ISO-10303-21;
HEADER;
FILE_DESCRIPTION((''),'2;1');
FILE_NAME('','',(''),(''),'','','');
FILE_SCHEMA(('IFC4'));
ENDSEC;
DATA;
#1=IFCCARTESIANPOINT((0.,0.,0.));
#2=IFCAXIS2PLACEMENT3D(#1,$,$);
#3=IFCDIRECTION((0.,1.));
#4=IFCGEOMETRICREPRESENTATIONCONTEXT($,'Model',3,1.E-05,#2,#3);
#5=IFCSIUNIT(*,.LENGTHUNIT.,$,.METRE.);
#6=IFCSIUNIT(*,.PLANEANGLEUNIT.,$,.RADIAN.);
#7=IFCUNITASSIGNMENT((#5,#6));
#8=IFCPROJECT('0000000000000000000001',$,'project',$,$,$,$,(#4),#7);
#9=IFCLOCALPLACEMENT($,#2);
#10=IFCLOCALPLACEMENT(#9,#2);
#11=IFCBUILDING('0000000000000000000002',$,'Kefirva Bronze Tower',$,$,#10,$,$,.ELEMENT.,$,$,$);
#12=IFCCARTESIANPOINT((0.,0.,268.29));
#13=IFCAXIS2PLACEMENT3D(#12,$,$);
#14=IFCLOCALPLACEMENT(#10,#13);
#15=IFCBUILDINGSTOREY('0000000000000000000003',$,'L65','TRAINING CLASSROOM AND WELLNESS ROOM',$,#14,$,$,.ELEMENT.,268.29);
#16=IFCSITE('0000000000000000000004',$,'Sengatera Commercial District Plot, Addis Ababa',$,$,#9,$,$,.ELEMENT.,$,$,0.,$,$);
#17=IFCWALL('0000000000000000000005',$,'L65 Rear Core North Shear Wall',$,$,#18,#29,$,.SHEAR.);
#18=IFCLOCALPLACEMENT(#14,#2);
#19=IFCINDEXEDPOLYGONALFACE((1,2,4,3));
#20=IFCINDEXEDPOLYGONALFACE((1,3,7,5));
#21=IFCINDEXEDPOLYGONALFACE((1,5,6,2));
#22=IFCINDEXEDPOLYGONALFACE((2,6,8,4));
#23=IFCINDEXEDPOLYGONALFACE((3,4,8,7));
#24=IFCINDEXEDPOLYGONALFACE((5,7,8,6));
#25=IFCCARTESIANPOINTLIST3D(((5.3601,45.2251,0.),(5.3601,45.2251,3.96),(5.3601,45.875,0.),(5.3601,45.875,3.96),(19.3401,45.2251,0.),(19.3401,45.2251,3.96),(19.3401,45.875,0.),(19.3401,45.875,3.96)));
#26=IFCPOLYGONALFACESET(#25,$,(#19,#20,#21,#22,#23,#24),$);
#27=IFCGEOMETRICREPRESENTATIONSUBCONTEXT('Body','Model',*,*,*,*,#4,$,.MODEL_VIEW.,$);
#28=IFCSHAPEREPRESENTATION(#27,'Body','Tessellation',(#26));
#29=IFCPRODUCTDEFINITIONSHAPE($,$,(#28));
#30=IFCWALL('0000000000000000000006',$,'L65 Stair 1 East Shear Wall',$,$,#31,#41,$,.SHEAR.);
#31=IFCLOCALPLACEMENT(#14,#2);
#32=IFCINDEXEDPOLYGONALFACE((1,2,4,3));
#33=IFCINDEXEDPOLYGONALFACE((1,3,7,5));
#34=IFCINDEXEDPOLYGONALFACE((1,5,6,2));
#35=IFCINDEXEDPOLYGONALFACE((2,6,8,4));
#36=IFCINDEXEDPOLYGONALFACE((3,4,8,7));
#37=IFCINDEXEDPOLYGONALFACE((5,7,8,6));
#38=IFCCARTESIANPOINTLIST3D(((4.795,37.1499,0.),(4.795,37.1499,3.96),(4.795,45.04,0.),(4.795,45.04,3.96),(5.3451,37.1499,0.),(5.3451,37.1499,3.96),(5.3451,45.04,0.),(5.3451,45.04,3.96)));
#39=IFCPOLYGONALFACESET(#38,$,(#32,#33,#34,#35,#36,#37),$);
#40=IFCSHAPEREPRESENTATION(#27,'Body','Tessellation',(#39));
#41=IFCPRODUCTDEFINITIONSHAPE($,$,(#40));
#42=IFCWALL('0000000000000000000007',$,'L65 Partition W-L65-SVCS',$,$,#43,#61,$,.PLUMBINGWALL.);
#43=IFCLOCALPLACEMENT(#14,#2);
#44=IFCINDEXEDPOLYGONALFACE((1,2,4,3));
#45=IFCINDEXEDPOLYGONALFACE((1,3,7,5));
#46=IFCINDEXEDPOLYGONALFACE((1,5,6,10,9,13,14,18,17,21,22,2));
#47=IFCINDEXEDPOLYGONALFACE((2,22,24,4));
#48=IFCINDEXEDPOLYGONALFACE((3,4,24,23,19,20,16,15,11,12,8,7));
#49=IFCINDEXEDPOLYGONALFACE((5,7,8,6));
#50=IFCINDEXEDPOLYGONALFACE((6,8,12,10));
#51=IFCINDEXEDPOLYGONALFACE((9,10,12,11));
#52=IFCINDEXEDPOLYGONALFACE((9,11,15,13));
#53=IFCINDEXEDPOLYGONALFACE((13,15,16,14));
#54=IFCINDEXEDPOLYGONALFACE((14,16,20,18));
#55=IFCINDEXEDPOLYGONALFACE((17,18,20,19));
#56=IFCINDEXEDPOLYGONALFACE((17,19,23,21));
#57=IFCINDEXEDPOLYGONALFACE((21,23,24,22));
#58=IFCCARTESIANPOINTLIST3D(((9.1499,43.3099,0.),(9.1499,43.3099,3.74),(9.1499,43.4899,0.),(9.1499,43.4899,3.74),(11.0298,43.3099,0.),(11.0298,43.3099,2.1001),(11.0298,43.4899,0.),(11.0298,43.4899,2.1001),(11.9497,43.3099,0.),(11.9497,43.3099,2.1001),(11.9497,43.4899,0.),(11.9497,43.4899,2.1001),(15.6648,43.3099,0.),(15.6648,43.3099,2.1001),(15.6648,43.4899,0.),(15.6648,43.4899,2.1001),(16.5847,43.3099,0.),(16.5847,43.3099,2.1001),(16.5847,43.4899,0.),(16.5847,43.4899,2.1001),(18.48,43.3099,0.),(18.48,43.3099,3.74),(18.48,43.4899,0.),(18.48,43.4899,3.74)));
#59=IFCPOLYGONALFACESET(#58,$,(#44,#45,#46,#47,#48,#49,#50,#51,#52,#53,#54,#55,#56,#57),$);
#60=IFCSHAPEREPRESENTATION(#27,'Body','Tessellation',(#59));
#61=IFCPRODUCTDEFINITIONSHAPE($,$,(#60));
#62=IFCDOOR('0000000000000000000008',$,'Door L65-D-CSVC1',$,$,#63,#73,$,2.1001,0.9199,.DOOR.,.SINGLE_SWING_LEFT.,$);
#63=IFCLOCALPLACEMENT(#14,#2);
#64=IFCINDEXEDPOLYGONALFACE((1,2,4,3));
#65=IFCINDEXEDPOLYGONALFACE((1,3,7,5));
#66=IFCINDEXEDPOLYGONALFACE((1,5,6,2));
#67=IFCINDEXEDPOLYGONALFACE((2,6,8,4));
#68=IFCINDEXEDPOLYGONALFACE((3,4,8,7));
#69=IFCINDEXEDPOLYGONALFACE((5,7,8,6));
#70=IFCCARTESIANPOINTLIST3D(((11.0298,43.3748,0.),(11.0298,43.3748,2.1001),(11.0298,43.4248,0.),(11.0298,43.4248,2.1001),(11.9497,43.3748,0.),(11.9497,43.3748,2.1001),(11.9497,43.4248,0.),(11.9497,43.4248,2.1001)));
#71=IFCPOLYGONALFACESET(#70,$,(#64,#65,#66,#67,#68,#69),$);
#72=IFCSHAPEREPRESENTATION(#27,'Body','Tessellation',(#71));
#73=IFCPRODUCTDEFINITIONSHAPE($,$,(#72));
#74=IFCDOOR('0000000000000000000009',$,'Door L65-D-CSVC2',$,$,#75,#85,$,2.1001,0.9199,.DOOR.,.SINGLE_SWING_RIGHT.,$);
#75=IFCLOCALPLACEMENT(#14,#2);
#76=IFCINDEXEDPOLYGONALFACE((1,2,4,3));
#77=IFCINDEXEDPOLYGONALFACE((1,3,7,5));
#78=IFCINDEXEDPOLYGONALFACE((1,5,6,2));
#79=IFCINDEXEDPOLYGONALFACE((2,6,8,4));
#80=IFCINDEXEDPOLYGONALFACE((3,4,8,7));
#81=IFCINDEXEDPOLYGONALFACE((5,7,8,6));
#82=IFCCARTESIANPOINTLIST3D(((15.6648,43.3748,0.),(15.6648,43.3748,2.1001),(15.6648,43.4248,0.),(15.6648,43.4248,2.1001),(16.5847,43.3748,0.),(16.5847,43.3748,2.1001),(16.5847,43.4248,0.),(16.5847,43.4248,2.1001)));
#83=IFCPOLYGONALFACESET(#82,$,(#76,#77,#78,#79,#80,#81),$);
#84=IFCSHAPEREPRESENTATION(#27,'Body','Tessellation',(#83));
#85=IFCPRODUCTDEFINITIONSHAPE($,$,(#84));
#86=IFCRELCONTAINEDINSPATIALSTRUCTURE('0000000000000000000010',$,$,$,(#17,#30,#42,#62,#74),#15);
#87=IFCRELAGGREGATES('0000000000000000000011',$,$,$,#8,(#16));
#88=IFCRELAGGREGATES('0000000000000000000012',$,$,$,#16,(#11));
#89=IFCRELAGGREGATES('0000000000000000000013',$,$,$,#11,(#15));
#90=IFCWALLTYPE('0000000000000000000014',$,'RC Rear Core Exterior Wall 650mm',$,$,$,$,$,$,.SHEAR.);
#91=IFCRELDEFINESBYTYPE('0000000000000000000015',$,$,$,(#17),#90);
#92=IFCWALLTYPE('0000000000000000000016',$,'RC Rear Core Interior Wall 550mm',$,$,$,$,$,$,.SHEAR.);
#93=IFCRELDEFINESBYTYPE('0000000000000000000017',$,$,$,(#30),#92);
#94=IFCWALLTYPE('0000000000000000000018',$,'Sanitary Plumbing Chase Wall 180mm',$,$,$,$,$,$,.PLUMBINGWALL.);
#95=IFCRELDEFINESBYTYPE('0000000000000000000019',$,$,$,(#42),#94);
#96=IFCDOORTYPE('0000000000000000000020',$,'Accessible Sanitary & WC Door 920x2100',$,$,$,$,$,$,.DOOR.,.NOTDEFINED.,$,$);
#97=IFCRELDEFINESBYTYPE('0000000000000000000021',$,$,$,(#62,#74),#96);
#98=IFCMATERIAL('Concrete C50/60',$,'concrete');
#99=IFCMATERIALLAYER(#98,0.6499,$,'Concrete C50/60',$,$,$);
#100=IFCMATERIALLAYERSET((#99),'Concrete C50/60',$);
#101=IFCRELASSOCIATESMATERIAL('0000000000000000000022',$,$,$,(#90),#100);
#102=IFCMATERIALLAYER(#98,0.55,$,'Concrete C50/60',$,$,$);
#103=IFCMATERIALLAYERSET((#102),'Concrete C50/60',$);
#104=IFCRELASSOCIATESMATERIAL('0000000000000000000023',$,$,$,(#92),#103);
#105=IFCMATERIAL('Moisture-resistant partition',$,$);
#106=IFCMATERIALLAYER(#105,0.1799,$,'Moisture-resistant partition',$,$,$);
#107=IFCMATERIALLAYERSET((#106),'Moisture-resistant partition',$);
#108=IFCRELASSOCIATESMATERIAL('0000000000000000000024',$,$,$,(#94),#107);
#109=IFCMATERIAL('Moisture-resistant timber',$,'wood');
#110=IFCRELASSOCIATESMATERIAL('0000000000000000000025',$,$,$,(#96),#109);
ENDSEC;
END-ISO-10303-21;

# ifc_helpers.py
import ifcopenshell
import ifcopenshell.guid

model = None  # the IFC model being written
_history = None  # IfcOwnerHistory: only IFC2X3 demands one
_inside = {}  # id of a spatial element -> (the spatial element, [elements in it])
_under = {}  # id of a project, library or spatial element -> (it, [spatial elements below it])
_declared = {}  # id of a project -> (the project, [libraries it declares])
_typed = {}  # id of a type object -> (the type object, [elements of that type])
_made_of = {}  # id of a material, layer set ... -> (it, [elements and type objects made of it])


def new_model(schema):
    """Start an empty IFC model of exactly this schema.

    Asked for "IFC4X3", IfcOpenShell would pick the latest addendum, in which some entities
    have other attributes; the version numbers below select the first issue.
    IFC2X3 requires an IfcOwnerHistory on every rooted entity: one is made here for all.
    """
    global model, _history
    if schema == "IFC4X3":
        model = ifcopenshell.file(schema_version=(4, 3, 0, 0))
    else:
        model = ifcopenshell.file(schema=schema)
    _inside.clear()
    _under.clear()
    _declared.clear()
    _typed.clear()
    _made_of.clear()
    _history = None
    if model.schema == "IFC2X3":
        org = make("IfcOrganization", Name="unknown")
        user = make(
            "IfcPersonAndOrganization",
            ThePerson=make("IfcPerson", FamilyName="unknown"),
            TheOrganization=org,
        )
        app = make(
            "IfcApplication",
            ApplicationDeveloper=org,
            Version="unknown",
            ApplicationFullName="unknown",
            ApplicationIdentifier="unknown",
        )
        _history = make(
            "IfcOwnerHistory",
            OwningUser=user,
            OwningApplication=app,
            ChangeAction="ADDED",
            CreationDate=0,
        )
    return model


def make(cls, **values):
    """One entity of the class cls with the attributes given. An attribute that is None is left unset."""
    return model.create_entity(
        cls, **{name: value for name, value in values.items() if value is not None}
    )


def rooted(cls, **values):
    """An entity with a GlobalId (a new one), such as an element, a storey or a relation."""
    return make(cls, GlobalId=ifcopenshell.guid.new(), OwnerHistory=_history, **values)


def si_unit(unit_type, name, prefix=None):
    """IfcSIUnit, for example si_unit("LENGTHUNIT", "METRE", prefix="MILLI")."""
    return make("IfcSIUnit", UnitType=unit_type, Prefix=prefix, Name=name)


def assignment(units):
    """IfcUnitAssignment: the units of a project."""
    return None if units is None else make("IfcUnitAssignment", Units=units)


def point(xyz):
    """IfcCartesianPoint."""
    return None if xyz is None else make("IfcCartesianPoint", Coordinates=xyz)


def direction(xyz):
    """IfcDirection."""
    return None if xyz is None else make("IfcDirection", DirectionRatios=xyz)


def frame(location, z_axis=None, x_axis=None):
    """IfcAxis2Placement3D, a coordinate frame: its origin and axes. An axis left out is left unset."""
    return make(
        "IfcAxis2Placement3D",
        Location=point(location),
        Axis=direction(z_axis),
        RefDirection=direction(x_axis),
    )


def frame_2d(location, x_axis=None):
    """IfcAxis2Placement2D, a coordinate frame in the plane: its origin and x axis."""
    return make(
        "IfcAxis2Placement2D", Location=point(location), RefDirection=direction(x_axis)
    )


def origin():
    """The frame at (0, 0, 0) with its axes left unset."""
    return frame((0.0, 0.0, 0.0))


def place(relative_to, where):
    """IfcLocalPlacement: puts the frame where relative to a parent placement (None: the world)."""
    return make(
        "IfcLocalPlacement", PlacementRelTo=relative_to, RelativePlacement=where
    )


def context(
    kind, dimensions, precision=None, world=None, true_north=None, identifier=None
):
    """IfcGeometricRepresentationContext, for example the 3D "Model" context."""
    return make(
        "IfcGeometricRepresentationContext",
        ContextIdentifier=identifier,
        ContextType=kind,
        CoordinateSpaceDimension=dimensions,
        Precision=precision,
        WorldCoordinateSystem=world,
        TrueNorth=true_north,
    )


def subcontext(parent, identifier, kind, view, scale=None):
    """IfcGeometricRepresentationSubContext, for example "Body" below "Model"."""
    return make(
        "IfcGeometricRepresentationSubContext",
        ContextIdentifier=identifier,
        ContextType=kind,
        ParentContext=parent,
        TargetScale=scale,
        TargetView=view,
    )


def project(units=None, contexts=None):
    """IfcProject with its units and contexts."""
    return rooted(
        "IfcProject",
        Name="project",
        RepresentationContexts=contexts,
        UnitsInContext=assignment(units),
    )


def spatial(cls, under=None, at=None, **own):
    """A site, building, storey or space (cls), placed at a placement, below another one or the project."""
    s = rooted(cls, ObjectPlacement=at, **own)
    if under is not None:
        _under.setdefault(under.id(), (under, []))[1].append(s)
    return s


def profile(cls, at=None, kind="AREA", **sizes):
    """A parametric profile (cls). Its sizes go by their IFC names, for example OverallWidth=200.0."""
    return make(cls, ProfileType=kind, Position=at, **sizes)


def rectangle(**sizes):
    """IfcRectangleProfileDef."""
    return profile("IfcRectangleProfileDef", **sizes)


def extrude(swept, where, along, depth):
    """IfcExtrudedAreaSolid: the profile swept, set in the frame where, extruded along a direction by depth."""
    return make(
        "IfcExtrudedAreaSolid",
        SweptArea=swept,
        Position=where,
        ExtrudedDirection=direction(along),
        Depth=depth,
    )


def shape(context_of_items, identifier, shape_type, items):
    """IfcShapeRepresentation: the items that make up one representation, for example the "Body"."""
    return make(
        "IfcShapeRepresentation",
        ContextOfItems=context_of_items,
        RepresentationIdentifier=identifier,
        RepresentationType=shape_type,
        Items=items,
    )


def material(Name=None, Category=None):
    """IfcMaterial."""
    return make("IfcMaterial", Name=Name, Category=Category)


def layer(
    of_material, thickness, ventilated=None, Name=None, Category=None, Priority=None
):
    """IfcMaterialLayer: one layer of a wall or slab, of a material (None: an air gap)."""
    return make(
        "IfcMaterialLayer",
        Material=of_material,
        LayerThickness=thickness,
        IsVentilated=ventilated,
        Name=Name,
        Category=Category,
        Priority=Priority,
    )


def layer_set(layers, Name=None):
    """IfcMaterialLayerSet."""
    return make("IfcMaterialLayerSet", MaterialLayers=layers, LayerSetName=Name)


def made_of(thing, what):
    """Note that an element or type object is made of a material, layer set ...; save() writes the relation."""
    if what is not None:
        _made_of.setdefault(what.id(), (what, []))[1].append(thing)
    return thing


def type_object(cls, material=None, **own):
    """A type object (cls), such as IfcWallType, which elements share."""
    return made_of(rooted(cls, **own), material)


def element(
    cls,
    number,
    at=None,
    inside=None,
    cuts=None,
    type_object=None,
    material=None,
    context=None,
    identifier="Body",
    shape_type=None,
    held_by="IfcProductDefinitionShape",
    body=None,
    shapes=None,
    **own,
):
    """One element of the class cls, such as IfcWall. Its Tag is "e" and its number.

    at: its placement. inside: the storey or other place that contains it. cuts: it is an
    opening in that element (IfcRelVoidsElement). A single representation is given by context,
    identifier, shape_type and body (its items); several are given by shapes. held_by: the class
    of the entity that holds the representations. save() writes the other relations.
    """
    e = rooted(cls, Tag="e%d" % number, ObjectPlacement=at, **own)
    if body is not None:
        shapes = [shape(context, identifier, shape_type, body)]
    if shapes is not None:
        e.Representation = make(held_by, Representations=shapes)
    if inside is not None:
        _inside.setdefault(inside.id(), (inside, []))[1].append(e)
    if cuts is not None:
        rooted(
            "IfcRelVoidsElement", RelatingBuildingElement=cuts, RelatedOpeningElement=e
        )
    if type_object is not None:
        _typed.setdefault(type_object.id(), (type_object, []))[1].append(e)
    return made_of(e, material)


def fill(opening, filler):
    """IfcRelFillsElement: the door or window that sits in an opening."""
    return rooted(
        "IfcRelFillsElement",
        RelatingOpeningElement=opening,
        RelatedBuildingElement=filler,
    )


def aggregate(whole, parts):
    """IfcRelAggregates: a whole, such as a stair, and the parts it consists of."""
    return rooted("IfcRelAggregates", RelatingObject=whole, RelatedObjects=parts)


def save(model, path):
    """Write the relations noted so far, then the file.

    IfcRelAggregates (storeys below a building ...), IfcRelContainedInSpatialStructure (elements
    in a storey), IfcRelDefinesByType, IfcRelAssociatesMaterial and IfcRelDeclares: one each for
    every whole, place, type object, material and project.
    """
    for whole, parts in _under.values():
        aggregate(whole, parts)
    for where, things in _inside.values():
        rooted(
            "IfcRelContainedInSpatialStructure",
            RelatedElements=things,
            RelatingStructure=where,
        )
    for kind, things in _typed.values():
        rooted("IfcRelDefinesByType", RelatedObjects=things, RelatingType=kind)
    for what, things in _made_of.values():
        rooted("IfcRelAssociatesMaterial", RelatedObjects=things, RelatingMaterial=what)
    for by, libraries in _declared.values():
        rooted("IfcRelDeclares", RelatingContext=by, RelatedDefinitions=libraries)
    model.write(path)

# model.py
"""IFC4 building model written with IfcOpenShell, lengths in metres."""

from ifc_helpers import new_model, si_unit, direction, frame, frame_2d, origin, place, context, subcontext, project, spatial, rectangle, extrude, material, layer, layer_set, type_object, element, fill, save


model = new_model("IFC4")

# Units and contexts
model_context = context("Model", 3, precision=1e-05, world=origin(), true_north=direction((0.0, 1.0)))
body_context = subcontext(model_context, "Body", "Model", "MODEL_VIEW")
ifc_project = project(units=[si_unit("LENGTHUNIT", "METRE"), si_unit("PLANEANGLEUNIT", "RADIAN")], contexts=[model_context])

# Site, building, storey
site_placement = place(None, origin())
site = spatial("IfcSite", under=ifc_project, at=site_placement, Name="Sengatera Commercial District Plot, Addis Ababa", CompositionType="ELEMENT", RefElevation=0.0)
building_placement = place(site_placement, origin())
building = spatial("IfcBuilding", under=site, at=building_placement, Name="Kefirva Bronze Tower", CompositionType="ELEMENT")
storey_placement = place(building_placement, frame((0.0, 0.0, 268.29)))
storey = spatial("IfcBuildingStorey", under=building, at=storey_placement, Name="L65", Description="TRAINING CLASSROOM AND WELLNESS ROOM", CompositionType="ELEMENT", Elevation=268.29)

# Walls
ifc_material_1 = material(Name="Concrete C50/60", Category="concrete")
ifc_layer_1 = layer(ifc_material_1, 0.6499, Name="Concrete C50/60")
ifc_layer_set_1 = layer_set([ifc_layer_1], Name="Concrete C50/60")
wall_type_1 = type_object("IfcWallType", Name="RC Rear Core Exterior Wall 650mm", PredefinedType="SHEAR", material=ifc_layer_set_1)
wall_1_placement = place(storey_placement, frame((5.3601, 45.55, 0.0), z_axis=(0.0, 0.0, 1.0), x_axis=(1.0, 0.0, 0.0)))
element("IfcWall", 1, at=wall_1_placement, inside=storey, type_object=wall_type_1, Name="L65 Rear Core North Shear Wall", PredefinedType="SHEAR", context=body_context, shape_type="SweptSolid", body=[
    extrude(rectangle(XDim=13.98, YDim=0.6499, at=frame_2d((6.99, 0.0))), origin(), (0.0, 0.0, 1.0), 3.96),
])
ifc_layer_2 = layer(ifc_material_1, 0.55, Name="Concrete C50/60")
ifc_layer_set_2 = layer_set([ifc_layer_2], Name="Concrete C50/60")
wall_type_2 = type_object("IfcWallType", Name="RC Rear Core Interior Wall 550mm", PredefinedType="SHEAR", material=ifc_layer_set_2)
wall_2_placement = place(storey_placement, frame((5.0701, 37.1499, 0.0), z_axis=(0.0, 0.0, 1.0), x_axis=(0.0, 1.0, 0.0)))
element("IfcWall", 2, at=wall_2_placement, inside=storey, type_object=wall_type_2, Name="L65 Stair 1 East Shear Wall", PredefinedType="SHEAR", context=body_context, shape_type="SweptSolid", body=[
    extrude(rectangle(XDim=7.8901, YDim=0.55, at=frame_2d((3.9451, 0.0))), origin(), (0.0, 0.0, 1.0), 3.96),
])

# Wall, openings, doors
ifc_material_2 = material(Name="Moisture-resistant partition")
ifc_layer_3 = layer(ifc_material_2, 0.1799, Name="Moisture-resistant partition")
ifc_layer_set_3 = layer_set([ifc_layer_3], Name="Moisture-resistant partition")
wall_type_3 = type_object("IfcWallType", Name="Sanitary Plumbing Chase Wall 180mm", PredefinedType="PLUMBINGWALL", material=ifc_layer_set_3)
wall_3_placement = place(storey_placement, frame((9.1499, 43.3999, 0.0), z_axis=(0.0, 0.0, 1.0), x_axis=(1.0, 0.0, 0.0)))
wall_3 = element("IfcWall", 3, at=wall_3_placement, inside=storey, type_object=wall_type_3, Name="L65 Partition W-L65-SVCS", PredefinedType="PLUMBINGWALL", context=body_context, shape_type="SweptSolid", body=[
    extrude(rectangle(XDim=9.3301, YDim=0.1799, at=frame_2d((4.665, 0.0))), origin(), (0.0, 0.0, 1.0), 3.74),
])
opening_1_placement = place(wall_3_placement, frame((1.8799, 0.0, 0.0)))
opening_1 = element("IfcOpeningElement", 4, at=opening_1_placement, cuts=wall_3, PredefinedType="OPENING", context=body_context, shape_type="SweptSolid", body=[
    extrude(rectangle(XDim=0.9199, YDim=2.1001, at=frame_2d((0.46, 1.05))), frame((0.0, 0.1001, 0.0), z_axis=(0.0, -1.0, 0.0), x_axis=(1.0, 0.0, 0.0)), (0.0, 0.0, 1.0), 0.2),
])
opening_2_placement = place(wall_3_placement, frame((6.5149, 0.0, 0.0)))
opening_2 = element("IfcOpeningElement", 5, at=opening_2_placement, cuts=wall_3, PredefinedType="OPENING", context=body_context, shape_type="SweptSolid", body=[
    extrude(rectangle(XDim=0.9199, YDim=2.1001, at=frame_2d((0.46, 1.05))), frame((0.0, 0.1001, 0.0), z_axis=(0.0, -1.0, 0.0), x_axis=(1.0, 0.0, 0.0)), (0.0, 0.0, 1.0), 0.2),
])
ifc_material_3 = material(Name="Moisture-resistant timber", Category="wood")
door_type_1 = type_object("IfcDoorType", Name="Accessible Sanitary & WC Door 920x2100", OperationType="NOTDEFINED", PredefinedType="DOOR", material=ifc_material_3)
door_1_placement = place(opening_1_placement, origin())
door_1 = element("IfcDoor", 6, at=door_1_placement, inside=storey, type_object=door_type_1, Name="Door L65-D-CSVC1", OperationType="SINGLE_SWING_LEFT", OverallHeight=2.1001, OverallWidth=0.9199, PredefinedType="DOOR", context=body_context, shape_type="SweptSolid", body=[
    extrude(rectangle(XDim=0.9199, YDim=2.1001, at=frame_2d((0.46, 1.05))), frame((0.0, 0.0249, 0.0), z_axis=(0.0, -1.0, 0.0), x_axis=(1.0, 0.0, 0.0)), (0.0, 0.0, 1.0), 0.05),
])
fill(opening_1, door_1)
door_2_placement = place(opening_2_placement, origin())
door_2 = element("IfcDoor", 7, at=door_2_placement, inside=storey, type_object=door_type_1, Name="Door L65-D-CSVC2", OperationType="SINGLE_SWING_RIGHT", OverallHeight=2.1001, OverallWidth=0.9199, PredefinedType="DOOR", context=body_context, shape_type="SweptSolid", body=[
    extrude(rectangle(XDim=0.9199, YDim=2.1001, at=frame_2d((0.46, 1.05))), frame((0.0, 0.0249, 0.0), z_axis=(0.0, -1.0, 0.0), x_axis=(1.0, 0.0, 0.0)), (0.0, 0.0, 1.0), 0.05),
])
fill(opening_2, door_2)

save(model, "model.ifc")
